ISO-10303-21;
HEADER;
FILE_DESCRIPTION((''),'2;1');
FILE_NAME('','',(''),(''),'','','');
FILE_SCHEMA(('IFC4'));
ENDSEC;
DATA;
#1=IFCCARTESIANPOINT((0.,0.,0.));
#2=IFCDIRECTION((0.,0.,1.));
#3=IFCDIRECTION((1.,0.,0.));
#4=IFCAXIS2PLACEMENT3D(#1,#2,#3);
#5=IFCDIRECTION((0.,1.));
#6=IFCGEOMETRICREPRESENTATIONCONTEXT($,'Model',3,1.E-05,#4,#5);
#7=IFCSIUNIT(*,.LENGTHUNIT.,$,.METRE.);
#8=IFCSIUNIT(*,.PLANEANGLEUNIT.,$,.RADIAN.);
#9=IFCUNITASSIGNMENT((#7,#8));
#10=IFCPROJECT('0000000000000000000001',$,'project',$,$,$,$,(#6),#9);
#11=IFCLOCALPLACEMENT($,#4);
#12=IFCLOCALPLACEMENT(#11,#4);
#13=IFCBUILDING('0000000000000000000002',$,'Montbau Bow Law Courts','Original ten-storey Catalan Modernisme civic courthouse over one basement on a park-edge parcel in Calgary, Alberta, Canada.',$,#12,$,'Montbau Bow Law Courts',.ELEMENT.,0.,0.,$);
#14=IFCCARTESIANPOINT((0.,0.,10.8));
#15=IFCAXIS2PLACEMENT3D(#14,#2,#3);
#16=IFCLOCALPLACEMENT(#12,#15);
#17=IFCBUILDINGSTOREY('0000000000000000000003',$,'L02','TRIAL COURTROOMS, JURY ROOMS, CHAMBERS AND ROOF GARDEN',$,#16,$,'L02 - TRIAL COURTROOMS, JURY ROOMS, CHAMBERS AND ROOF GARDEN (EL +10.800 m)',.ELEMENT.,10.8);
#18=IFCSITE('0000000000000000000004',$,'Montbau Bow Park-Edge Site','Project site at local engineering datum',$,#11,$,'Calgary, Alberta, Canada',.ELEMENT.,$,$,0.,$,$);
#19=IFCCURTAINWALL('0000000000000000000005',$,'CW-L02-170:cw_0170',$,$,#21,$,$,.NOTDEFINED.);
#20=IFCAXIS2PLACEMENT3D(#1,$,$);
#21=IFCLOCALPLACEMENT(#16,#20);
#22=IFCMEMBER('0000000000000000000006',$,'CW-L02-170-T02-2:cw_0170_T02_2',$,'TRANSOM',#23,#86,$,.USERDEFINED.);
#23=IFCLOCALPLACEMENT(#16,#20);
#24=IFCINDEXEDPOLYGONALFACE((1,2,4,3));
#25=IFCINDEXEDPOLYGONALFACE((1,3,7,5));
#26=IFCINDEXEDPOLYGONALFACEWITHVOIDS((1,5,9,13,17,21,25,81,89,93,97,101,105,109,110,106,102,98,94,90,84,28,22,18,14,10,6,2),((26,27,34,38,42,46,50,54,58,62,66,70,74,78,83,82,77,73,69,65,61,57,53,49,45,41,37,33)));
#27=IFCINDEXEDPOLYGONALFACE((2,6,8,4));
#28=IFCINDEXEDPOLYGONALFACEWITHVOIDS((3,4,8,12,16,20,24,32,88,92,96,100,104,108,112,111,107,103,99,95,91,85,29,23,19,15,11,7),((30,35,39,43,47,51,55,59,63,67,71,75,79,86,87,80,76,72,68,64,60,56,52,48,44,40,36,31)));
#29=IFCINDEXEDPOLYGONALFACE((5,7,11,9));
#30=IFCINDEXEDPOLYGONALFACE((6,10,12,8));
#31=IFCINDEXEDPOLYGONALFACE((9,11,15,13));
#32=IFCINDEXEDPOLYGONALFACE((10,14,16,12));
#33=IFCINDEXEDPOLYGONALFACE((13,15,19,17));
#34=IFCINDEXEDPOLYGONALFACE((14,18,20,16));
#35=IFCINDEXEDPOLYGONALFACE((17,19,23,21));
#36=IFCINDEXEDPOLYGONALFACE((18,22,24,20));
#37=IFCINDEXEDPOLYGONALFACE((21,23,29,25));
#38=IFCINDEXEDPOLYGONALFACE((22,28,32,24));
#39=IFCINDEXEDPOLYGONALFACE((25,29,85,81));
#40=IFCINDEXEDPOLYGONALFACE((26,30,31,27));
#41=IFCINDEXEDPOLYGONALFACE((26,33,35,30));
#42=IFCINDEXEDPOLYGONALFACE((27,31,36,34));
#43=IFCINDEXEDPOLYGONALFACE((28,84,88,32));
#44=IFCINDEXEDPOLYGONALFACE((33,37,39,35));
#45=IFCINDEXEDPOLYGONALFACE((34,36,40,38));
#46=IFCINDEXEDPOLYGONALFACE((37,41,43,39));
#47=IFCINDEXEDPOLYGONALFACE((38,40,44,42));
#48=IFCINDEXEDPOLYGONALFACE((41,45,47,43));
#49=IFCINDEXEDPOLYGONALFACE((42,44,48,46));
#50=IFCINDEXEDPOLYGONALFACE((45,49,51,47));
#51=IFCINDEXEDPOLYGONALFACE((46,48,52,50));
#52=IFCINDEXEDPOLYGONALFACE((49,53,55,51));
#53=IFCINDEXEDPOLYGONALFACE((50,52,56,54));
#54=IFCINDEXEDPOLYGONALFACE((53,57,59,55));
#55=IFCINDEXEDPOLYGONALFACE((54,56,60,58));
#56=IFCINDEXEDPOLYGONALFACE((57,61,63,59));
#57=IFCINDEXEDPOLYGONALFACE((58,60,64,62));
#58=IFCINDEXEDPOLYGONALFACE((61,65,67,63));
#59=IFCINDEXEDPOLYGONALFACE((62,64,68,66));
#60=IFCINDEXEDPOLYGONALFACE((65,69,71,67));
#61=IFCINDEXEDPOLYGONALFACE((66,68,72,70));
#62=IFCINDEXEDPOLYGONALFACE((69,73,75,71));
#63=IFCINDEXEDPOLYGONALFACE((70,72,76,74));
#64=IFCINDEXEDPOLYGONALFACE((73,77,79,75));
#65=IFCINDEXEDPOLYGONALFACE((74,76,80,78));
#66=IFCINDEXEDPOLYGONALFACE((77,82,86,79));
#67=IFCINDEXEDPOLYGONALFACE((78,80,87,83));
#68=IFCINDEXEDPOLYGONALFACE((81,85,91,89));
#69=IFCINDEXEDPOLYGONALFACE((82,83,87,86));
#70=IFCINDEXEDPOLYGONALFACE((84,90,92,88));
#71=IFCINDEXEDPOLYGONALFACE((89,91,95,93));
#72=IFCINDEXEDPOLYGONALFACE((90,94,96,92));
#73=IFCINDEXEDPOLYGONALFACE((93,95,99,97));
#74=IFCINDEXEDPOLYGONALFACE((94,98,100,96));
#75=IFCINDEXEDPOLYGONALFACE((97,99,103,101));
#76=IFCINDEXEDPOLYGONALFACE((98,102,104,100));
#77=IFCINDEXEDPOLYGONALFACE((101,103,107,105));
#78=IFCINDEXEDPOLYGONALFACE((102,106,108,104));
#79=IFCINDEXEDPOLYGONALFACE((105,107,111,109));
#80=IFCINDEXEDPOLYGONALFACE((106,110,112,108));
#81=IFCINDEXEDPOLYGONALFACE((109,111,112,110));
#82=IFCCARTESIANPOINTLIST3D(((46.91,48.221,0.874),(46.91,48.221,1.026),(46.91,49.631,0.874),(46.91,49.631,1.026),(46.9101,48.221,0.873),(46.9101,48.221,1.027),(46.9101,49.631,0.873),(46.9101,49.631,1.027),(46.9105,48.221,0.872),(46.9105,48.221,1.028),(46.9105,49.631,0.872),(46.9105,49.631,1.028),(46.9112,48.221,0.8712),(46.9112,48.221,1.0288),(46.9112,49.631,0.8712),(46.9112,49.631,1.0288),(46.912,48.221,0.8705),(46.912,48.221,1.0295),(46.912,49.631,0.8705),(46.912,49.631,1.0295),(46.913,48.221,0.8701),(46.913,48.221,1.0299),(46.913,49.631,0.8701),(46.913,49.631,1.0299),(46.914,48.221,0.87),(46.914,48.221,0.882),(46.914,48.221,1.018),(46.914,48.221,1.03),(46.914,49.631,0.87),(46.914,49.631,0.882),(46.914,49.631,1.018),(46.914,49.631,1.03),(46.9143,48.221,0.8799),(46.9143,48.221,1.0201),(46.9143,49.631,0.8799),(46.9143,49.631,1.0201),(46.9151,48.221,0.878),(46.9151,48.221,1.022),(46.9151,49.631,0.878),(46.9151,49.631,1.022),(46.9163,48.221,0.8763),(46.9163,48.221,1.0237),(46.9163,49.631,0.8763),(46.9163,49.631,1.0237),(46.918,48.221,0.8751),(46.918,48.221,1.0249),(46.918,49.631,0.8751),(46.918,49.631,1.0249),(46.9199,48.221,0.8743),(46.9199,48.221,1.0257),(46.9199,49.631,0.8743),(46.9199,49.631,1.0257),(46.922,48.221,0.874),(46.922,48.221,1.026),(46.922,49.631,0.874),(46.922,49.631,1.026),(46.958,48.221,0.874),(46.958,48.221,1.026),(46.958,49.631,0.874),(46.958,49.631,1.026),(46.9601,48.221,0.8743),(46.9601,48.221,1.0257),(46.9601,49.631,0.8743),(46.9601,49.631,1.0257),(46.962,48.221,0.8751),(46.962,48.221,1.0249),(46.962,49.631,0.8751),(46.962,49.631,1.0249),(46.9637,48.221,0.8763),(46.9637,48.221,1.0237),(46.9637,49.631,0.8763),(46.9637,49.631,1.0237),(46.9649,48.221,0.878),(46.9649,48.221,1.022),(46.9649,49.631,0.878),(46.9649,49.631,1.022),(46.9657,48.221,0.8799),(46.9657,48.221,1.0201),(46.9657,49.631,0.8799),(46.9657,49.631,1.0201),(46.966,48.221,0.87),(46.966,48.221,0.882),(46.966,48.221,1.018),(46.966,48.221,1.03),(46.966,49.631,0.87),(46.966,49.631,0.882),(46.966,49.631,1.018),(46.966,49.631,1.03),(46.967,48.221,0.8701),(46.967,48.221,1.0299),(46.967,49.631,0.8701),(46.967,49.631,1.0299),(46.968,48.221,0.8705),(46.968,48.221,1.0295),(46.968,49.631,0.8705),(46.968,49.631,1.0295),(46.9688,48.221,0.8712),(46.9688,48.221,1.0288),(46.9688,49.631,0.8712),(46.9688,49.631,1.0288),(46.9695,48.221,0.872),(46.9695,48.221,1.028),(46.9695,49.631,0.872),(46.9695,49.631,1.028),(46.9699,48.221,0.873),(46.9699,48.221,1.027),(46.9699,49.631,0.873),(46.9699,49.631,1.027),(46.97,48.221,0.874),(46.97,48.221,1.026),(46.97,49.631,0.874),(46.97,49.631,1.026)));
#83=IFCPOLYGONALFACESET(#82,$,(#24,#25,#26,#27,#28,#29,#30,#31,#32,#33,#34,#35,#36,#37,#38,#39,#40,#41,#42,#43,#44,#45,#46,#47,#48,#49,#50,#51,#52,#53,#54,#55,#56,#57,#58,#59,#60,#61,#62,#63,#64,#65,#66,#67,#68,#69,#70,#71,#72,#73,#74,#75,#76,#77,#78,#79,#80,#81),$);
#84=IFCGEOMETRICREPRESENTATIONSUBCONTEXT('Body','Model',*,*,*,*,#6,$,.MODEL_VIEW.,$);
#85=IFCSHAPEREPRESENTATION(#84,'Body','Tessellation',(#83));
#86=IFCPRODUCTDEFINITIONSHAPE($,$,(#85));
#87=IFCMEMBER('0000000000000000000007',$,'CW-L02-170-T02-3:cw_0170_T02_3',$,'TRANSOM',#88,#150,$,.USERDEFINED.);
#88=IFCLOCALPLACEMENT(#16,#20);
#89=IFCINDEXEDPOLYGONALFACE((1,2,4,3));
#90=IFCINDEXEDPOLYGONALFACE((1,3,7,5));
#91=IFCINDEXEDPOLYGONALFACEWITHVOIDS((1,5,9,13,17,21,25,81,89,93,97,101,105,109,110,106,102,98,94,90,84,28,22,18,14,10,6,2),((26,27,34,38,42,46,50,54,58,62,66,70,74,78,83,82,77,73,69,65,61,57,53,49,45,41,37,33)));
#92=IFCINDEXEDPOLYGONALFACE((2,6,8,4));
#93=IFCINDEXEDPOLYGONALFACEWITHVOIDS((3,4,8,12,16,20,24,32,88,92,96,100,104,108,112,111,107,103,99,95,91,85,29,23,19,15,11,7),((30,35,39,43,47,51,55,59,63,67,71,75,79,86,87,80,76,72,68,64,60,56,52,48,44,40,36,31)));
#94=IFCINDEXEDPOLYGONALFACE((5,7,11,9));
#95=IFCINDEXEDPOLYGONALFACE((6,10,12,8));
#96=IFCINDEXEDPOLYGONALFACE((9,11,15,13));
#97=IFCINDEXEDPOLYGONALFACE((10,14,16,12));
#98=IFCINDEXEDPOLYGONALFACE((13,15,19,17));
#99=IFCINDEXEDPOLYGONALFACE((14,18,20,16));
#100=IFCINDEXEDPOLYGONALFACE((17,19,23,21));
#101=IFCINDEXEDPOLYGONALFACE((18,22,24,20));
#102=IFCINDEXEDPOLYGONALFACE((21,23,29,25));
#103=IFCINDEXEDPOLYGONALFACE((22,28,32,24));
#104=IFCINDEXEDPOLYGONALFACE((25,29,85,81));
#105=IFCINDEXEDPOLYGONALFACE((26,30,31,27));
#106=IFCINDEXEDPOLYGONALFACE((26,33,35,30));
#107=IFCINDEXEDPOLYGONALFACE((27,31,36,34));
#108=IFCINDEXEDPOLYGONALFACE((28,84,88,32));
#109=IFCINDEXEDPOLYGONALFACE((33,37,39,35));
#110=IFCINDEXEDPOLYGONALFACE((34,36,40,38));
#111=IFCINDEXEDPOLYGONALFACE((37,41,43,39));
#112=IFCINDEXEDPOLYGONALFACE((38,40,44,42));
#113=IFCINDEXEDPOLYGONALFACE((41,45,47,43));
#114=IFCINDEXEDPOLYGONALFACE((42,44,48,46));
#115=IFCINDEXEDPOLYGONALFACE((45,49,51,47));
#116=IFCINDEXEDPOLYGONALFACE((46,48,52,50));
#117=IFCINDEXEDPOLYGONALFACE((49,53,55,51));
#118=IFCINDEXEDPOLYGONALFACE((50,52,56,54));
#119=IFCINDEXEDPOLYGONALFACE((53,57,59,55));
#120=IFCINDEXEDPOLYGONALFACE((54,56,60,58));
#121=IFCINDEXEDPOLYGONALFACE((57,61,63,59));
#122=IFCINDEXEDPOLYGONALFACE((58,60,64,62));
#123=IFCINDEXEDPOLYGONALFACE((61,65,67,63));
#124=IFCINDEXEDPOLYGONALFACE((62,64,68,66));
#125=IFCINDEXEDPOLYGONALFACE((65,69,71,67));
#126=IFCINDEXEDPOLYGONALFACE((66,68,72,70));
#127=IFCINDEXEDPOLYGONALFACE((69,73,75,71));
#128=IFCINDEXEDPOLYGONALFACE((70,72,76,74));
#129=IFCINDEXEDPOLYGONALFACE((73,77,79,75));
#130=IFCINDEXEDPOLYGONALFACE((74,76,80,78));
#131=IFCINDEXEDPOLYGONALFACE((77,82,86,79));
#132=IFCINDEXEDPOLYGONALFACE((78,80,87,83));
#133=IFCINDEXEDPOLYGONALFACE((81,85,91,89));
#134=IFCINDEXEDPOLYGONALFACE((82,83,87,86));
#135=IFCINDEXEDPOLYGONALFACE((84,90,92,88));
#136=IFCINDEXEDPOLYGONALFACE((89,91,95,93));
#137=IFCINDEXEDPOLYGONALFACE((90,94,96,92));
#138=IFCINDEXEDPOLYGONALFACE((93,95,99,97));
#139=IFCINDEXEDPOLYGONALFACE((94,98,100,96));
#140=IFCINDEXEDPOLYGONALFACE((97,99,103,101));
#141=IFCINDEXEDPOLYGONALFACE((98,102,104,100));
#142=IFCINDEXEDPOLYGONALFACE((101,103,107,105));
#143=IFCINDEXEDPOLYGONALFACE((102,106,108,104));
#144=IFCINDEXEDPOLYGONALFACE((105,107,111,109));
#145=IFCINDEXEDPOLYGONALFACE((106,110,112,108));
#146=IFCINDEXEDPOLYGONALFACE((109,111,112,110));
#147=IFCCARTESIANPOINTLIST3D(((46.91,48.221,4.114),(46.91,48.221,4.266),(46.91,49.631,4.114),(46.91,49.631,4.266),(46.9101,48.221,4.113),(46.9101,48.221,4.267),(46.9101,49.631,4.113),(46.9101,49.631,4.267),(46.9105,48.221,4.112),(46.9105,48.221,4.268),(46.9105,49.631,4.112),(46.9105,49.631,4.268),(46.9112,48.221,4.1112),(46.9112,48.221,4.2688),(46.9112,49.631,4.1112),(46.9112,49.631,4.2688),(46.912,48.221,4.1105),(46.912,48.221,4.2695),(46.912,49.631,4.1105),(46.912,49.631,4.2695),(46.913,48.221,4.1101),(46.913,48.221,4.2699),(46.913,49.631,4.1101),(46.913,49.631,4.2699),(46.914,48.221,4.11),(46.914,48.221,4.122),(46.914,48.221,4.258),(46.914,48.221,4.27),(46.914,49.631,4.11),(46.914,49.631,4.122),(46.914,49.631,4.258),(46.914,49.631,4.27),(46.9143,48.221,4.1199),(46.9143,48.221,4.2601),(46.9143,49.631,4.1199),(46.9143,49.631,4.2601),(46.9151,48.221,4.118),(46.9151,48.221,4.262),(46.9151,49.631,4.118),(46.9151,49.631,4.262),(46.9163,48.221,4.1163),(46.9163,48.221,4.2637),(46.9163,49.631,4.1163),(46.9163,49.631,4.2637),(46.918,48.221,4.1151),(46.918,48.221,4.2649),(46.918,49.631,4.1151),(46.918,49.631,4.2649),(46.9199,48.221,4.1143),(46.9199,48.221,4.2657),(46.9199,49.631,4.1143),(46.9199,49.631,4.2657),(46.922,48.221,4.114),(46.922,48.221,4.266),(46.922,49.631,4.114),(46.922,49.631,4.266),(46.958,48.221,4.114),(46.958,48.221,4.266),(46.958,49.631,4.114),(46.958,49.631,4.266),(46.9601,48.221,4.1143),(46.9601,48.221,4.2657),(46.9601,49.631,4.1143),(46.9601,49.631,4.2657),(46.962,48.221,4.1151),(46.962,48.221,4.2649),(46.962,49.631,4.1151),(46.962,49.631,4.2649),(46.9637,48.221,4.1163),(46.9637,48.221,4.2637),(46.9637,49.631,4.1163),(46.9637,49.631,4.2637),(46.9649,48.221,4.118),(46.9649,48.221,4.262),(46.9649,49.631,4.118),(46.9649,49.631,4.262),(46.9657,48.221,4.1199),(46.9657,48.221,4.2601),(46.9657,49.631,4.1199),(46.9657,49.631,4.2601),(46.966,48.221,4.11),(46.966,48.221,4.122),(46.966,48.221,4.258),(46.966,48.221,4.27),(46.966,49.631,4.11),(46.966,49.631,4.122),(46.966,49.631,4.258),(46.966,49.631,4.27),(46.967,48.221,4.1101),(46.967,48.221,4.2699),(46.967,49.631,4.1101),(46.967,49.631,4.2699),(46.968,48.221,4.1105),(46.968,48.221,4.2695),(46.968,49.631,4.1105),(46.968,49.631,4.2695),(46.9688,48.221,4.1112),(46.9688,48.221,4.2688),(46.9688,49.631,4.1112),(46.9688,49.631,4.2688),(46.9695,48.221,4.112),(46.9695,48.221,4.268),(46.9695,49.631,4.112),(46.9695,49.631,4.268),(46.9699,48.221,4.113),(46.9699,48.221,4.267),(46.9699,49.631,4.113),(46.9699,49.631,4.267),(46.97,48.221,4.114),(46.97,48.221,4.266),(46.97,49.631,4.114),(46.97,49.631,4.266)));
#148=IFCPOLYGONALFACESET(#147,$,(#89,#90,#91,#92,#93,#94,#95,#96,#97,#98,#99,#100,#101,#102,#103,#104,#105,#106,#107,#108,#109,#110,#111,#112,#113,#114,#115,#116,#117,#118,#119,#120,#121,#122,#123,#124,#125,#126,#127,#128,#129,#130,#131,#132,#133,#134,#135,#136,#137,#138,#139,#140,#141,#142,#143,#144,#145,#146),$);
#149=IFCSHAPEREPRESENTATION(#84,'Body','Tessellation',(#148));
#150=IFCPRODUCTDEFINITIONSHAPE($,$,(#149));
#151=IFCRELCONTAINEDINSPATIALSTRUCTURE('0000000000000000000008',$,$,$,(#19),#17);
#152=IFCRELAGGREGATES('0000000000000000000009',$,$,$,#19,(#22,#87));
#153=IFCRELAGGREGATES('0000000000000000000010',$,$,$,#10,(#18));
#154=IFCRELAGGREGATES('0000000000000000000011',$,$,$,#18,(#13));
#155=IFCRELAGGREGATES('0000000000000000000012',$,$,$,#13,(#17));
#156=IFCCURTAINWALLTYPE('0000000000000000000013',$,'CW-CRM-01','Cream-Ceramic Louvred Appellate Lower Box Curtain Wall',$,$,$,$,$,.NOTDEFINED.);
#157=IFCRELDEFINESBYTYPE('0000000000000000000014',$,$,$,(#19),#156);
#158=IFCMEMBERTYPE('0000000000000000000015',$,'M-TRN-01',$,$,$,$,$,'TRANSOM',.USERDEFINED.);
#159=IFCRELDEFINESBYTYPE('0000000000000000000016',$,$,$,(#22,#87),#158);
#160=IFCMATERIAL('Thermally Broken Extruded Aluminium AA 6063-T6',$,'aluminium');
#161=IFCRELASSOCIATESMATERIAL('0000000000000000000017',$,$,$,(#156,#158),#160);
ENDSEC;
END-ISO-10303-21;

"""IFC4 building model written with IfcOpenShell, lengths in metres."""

from ifc_helpers import new_model, si_unit, direction, frame, origin_with_axes, origin_2d_with_axis, place, context, subcontext, project, spatial, hollow_rectangle, extrude, material, material_profile, profile_set, type_object, element, aggregate, save


model = new_model("IFC4")

# Units and contexts
model_context = context("Model", 3, precision=1e-05, world=origin_with_axes(), true_north=direction((0.0, 1.0)))
body_context = subcontext(model_context, "Body", "Model", "MODEL_VIEW")
ifc_project = project(units=[si_unit("LENGTHUNIT", "METRE"), si_unit("PLANEANGLEUNIT", "RADIAN")], contexts=[model_context])

# Site, building, storey
site_placement = place(None, origin_with_axes())
site = spatial("IfcSite", under=ifc_project, at=site_placement, Name="Montbau Bow Park-Edge Site", Description="Project site at local engineering datum", LongName="Calgary, Alberta, Canada", CompositionType="ELEMENT", RefElevation=0.0)
building_placement = place(site_placement, origin_with_axes())
building = spatial("IfcBuilding", under=site, at=building_placement, Name="Montbau Bow Law Courts", Description="Original ten-storey Catalan Modernisme civic courthouse over one basement on a park-edge parcel in Calgary, Alberta, Canada.", LongName="Montbau Bow Law Courts", CompositionType="ELEMENT", ElevationOfRefHeight=0.0, ElevationOfTerrain=0.0)
storey_placement = place(building_placement, frame((0.0, 0.0, 10.8), z_axis=(0.0, 0.0, 1.0), x_axis=(1.0, 0.0, 0.0)))
storey = spatial("IfcBuildingStorey", under=building, at=storey_placement, Name="L02", Description="TRIAL COURTROOMS, JURY ROOMS, CHAMBERS AND ROOF GARDEN", LongName="L02 - TRIAL COURTROOMS, JURY ROOMS, CHAMBERS AND ROOF GARDEN (EL +10.800 m)", CompositionType="ELEMENT", Elevation=10.8)

# Curtain wall, members
ifc_material_1 = material(Name="Thermally Broken Extruded Aluminium AA 6063-T6", Category="aluminium")
curtain_wall_type_1 = type_object("IfcCurtainWallType", Name="CW-CRM-01", Description="Cream-Ceramic Louvred Appellate Lower Box Curtain Wall", PredefinedType="NOTDEFINED", material=ifc_material_1)
curtain_wall_1_placement = place(None, frame((46.94, 46.715, 10.8), z_axis=(0.0, 0.0, 1.0), x_axis=(1.0, 0.0, 0.0)))
curtain_wall_1 = element("IfcCurtainWall", 1, at=curtain_wall_1_placement, inside=storey, type_object=curtain_wall_type_1, Name="CW-L02-170:cw_0170", PredefinedType="NOTDEFINED")
ifc_material_profile_1 = material_profile(ifc_material_1, hollow_rectangle(XDim=0.06, YDim=0.16, WallThickness=0.004, InnerFilletRadius=0.008, OuterFilletRadius=0.004, at=origin_2d_with_axis()), Name="CWT-160X60", Category="Main", Priority=0)
ifc_profile_set_1 = profile_set([ifc_material_profile_1], Name="Thermally Broken Extruded Aluminium AA 6063-T6")
member_type_1 = type_object("IfcMemberType", Name="M-TRN-01", ElementType="TRANSOM", PredefinedType="USERDEFINED", material=ifc_profile_set_1)
member_1_placement = place(None, frame((46.94, 48.221, 11.75), z_axis=(0.0, 1.0, 0.0), x_axis=(-1.0, 0.0, 0.0)))
member_1 = element("IfcMember", 2, at=member_1_placement, type_object=member_type_1, Name="CW-L02-170-T02-2:cw_0170_T02_2", ObjectType="TRANSOM", PredefinedType="USERDEFINED", context=body_context, shape_type="SweptSolid", body=[
    extrude(hollow_rectangle(XDim=0.06, YDim=0.16, WallThickness=0.004, InnerFilletRadius=0.008, OuterFilletRadius=0.004, at=origin_2d_with_axis()), origin_with_axes(), (0.0, 0.0, 1.0), 1.41),
])
member_2_placement = place(None, frame((46.94, 48.221, 14.99), z_axis=(0.0, 1.0, 0.0), x_axis=(-1.0, 0.0, 0.0)))
member_2 = element("IfcMember", 3, at=member_2_placement, type_object=member_type_1, Name="CW-L02-170-T02-3:cw_0170_T02_3", ObjectType="TRANSOM", PredefinedType="USERDEFINED", context=body_context, shape_type="SweptSolid", body=[
    extrude(hollow_rectangle(XDim=0.06, YDim=0.16, WallThickness=0.004, InnerFilletRadius=0.008, OuterFilletRadius=0.004, at=origin_2d_with_axis()), origin_with_axes(), (0.0, 0.0, 1.0), 1.41),
])

aggregate(curtain_wall_1, [member_1, member_2])

save(model, "model.ifc")
